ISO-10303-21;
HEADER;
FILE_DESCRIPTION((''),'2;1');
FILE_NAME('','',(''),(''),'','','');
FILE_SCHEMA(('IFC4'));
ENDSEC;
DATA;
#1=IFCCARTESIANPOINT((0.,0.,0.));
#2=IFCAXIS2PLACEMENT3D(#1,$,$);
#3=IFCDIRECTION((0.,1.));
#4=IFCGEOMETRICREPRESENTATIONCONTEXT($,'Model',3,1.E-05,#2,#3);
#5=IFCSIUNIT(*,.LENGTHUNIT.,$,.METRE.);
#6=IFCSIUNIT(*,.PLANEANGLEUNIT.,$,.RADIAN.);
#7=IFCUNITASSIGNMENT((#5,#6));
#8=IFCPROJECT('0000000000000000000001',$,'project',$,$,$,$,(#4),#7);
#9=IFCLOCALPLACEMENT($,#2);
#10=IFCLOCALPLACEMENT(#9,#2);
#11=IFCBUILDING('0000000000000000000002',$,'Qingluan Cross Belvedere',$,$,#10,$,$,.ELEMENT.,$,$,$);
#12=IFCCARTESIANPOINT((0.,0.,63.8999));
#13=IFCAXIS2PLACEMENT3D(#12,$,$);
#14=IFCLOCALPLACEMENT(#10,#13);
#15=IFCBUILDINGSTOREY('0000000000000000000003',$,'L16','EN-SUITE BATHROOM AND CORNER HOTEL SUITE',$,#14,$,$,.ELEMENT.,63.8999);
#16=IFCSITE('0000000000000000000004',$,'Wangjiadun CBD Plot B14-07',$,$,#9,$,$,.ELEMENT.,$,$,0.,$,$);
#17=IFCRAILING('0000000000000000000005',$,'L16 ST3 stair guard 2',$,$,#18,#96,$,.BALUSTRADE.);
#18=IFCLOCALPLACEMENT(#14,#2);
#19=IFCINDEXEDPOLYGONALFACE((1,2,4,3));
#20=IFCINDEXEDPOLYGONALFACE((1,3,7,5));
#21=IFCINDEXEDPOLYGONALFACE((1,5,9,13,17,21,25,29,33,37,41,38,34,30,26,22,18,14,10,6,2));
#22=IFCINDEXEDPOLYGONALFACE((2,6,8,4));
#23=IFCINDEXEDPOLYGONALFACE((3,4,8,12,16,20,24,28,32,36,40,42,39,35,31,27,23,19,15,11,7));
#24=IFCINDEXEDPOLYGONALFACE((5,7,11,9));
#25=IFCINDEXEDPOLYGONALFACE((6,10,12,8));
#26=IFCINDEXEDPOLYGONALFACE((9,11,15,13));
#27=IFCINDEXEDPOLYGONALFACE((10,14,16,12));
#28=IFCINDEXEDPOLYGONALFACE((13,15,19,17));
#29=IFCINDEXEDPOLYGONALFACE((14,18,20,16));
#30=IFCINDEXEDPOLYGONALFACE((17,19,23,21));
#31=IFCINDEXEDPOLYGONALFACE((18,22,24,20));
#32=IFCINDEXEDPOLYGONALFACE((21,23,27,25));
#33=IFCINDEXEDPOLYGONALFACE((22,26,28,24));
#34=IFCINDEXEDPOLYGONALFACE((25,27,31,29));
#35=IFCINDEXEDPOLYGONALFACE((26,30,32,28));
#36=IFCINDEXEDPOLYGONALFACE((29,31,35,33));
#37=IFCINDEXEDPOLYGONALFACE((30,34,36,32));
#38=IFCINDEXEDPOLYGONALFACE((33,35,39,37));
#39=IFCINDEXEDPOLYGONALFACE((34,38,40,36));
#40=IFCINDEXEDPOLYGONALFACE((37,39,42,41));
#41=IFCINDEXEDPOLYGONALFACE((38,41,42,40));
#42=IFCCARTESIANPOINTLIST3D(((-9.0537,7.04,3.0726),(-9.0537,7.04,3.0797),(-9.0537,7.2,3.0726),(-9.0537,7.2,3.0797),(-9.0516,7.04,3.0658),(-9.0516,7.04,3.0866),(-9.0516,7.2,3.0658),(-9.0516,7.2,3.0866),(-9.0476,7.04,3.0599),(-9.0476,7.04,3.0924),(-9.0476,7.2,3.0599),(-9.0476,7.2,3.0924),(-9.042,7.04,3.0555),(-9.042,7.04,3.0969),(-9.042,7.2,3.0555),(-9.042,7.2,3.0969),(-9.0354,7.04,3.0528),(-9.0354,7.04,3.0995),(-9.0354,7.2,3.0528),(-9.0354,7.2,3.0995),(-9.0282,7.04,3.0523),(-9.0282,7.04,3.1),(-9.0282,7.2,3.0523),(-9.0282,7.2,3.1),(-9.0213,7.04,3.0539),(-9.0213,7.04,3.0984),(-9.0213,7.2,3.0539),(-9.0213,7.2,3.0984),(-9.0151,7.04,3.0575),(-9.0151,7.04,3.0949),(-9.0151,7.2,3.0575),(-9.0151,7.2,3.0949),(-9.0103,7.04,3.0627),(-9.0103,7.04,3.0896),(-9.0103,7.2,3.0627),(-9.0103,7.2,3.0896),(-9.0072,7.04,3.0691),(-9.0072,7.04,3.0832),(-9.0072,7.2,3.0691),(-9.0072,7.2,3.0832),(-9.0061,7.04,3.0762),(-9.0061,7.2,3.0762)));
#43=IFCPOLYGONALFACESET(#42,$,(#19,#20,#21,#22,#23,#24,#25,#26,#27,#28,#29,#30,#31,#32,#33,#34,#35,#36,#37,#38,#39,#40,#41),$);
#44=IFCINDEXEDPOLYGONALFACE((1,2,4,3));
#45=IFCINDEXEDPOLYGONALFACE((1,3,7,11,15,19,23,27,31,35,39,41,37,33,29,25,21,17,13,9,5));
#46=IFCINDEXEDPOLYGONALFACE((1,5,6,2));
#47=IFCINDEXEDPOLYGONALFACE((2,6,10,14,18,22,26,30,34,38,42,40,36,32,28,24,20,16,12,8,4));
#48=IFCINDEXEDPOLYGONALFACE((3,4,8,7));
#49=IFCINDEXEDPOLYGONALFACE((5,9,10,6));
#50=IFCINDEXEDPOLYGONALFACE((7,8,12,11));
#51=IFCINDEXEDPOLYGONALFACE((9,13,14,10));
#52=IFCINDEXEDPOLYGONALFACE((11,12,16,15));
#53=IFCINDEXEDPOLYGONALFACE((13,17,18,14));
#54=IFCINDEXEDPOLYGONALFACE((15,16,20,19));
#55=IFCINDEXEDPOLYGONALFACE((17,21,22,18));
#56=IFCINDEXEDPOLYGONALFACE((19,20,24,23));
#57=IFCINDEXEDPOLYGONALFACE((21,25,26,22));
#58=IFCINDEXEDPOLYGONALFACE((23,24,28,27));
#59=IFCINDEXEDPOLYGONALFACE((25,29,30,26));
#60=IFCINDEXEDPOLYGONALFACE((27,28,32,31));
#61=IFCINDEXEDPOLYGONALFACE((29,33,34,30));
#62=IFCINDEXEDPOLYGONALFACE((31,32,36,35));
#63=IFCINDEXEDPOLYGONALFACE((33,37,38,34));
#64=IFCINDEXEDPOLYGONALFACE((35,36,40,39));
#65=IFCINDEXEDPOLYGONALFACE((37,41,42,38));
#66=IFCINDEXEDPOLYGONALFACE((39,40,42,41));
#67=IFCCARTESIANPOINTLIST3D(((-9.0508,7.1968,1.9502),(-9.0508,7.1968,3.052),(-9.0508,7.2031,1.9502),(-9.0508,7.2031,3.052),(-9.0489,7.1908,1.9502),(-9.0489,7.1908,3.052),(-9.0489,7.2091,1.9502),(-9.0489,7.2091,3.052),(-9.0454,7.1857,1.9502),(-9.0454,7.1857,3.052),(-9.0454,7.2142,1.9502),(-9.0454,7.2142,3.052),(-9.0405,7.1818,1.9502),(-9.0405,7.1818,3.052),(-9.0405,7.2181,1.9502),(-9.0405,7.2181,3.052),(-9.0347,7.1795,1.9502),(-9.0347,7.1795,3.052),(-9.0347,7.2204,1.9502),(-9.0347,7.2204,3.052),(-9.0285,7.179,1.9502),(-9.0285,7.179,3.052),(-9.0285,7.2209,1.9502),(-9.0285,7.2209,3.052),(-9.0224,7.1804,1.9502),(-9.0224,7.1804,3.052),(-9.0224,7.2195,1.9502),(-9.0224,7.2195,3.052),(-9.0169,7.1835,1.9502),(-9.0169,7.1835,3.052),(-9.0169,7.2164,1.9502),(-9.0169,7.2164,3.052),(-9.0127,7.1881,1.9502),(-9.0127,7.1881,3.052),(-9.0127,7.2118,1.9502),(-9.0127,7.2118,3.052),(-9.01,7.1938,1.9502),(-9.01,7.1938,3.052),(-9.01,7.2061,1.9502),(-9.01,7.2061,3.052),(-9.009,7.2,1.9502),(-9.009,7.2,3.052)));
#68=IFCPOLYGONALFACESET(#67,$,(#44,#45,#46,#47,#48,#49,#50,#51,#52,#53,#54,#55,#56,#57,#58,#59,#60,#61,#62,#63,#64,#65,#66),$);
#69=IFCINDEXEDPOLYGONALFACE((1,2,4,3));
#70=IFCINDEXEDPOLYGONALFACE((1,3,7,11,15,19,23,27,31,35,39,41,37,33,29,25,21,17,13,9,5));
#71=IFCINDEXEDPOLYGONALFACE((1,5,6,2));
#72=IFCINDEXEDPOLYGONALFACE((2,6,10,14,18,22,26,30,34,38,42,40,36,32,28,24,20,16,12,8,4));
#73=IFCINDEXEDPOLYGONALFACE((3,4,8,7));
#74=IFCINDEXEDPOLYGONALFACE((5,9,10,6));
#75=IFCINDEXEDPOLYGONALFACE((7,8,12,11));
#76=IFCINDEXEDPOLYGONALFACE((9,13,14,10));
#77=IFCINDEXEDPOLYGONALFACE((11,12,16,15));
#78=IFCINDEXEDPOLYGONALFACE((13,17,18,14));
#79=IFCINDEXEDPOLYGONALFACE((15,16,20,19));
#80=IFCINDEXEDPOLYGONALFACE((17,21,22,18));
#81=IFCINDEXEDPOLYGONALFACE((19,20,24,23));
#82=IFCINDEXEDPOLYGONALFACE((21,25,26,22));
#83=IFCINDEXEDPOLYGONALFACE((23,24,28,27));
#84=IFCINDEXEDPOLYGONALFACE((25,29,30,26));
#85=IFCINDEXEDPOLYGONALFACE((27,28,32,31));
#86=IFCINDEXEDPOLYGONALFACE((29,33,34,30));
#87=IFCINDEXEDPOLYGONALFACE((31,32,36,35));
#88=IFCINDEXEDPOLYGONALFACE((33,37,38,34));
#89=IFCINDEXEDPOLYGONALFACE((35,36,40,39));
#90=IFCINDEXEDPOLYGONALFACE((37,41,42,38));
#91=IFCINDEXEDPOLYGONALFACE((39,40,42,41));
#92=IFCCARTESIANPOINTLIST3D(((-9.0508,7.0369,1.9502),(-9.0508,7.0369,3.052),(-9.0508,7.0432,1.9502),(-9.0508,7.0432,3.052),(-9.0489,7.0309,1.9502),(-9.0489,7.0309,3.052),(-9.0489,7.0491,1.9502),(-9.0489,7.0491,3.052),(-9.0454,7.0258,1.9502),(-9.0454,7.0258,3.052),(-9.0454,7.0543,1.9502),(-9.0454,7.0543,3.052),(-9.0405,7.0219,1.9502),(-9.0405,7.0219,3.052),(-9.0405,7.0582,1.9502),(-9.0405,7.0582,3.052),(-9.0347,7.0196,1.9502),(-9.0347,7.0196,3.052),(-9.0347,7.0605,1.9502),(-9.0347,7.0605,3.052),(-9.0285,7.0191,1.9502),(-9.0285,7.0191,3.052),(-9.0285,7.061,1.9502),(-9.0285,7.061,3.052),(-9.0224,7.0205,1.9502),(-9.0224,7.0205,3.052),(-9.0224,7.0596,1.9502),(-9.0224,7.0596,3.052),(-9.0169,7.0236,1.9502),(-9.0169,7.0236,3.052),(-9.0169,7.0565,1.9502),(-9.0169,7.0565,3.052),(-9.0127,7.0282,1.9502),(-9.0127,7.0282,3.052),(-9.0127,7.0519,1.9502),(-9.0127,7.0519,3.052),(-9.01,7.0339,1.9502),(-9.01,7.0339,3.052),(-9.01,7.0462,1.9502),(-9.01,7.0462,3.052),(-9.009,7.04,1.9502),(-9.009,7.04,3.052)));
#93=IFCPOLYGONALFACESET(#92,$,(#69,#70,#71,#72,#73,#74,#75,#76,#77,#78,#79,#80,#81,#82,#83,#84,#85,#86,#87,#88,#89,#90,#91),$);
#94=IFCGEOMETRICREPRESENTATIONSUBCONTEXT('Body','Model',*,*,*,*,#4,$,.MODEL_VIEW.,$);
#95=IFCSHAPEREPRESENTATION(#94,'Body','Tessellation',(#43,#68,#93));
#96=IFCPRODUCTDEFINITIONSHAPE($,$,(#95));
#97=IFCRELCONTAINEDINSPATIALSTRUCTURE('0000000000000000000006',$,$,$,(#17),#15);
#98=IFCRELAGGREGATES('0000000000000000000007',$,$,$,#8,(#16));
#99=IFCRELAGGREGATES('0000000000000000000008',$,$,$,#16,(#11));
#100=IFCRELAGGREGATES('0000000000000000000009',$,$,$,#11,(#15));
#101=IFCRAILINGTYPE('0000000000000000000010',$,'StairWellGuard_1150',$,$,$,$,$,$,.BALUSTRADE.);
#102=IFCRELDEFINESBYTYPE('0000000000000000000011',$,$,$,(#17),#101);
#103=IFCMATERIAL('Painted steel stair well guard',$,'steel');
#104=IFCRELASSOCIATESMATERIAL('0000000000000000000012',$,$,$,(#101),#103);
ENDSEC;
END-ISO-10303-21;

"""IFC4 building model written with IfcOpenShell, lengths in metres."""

from ifc_helpers import new_model, si_unit, direction, frame, origin, origin_2d, place, context, subcontext, project, spatial, circle, extrude, material, type_object, element, save


model = new_model("IFC4")

# Units and contexts
model_context = context("Model", 3, precision=1e-05, world=origin(), true_north=direction((0.0, 1.0)))
body_context = subcontext(model_context, "Body", "Model", "MODEL_VIEW")
ifc_project = project(units=[si_unit("LENGTHUNIT", "METRE"), si_unit("PLANEANGLEUNIT", "RADIAN")], contexts=[model_context])

# Site, building, storey
site_placement = place(None, origin())
site = spatial("IfcSite", under=ifc_project, at=site_placement, Name="Wangjiadun CBD Plot B14-07", CompositionType="ELEMENT", RefElevation=0.0)
building_placement = place(site_placement, origin())
building = spatial("IfcBuilding", under=site, at=building_placement, Name="Qingluan Cross Belvedere", CompositionType="ELEMENT")
storey_placement = place(building_placement, frame((0.0, 0.0, 63.8999)))
storey = spatial("IfcBuildingStorey", under=building, at=storey_placement, Name="L16", Description="EN-SUITE BATHROOM AND CORNER HOTEL SUITE", CompositionType="ELEMENT", Elevation=63.8999)

# Railing
ifc_material_1 = material(Name="Painted steel stair well guard", Category="steel")
railing_type_1 = type_object("IfcRailingType", Name="StairWellGuard_1150", PredefinedType="BALUSTRADE", material=ifc_material_1)
railing_1_placement = place(storey_placement, frame((-9.03, 7.2, 1.9502)))
element("IfcRailing", 1, at=railing_1_placement, inside=storey, type_object=railing_type_1, Name="L16 ST3 stair guard 2", PredefinedType="BALUSTRADE", context=body_context, shape_type="SweptSolid", body=[
    extrude(circle(Radius=0.0239, at=origin_2d()), frame((0.0, 0.0, 1.126), z_axis=(0.0, -1.0, 0.0), x_axis=(1.0, 0.0, 0.0)), (0.0, 0.0, 1.0), 0.1599),
    extrude(circle(Radius=0.021, at=origin_2d()), origin(), (0.0, 0.0, 1.0), 1.1018),
    extrude(circle(Radius=0.021, at=origin_2d()), frame((0.0, -0.1599, 0.0)), (0.0, 0.0, 1.0), 1.1018),
])

save(model, "model.ifc")
